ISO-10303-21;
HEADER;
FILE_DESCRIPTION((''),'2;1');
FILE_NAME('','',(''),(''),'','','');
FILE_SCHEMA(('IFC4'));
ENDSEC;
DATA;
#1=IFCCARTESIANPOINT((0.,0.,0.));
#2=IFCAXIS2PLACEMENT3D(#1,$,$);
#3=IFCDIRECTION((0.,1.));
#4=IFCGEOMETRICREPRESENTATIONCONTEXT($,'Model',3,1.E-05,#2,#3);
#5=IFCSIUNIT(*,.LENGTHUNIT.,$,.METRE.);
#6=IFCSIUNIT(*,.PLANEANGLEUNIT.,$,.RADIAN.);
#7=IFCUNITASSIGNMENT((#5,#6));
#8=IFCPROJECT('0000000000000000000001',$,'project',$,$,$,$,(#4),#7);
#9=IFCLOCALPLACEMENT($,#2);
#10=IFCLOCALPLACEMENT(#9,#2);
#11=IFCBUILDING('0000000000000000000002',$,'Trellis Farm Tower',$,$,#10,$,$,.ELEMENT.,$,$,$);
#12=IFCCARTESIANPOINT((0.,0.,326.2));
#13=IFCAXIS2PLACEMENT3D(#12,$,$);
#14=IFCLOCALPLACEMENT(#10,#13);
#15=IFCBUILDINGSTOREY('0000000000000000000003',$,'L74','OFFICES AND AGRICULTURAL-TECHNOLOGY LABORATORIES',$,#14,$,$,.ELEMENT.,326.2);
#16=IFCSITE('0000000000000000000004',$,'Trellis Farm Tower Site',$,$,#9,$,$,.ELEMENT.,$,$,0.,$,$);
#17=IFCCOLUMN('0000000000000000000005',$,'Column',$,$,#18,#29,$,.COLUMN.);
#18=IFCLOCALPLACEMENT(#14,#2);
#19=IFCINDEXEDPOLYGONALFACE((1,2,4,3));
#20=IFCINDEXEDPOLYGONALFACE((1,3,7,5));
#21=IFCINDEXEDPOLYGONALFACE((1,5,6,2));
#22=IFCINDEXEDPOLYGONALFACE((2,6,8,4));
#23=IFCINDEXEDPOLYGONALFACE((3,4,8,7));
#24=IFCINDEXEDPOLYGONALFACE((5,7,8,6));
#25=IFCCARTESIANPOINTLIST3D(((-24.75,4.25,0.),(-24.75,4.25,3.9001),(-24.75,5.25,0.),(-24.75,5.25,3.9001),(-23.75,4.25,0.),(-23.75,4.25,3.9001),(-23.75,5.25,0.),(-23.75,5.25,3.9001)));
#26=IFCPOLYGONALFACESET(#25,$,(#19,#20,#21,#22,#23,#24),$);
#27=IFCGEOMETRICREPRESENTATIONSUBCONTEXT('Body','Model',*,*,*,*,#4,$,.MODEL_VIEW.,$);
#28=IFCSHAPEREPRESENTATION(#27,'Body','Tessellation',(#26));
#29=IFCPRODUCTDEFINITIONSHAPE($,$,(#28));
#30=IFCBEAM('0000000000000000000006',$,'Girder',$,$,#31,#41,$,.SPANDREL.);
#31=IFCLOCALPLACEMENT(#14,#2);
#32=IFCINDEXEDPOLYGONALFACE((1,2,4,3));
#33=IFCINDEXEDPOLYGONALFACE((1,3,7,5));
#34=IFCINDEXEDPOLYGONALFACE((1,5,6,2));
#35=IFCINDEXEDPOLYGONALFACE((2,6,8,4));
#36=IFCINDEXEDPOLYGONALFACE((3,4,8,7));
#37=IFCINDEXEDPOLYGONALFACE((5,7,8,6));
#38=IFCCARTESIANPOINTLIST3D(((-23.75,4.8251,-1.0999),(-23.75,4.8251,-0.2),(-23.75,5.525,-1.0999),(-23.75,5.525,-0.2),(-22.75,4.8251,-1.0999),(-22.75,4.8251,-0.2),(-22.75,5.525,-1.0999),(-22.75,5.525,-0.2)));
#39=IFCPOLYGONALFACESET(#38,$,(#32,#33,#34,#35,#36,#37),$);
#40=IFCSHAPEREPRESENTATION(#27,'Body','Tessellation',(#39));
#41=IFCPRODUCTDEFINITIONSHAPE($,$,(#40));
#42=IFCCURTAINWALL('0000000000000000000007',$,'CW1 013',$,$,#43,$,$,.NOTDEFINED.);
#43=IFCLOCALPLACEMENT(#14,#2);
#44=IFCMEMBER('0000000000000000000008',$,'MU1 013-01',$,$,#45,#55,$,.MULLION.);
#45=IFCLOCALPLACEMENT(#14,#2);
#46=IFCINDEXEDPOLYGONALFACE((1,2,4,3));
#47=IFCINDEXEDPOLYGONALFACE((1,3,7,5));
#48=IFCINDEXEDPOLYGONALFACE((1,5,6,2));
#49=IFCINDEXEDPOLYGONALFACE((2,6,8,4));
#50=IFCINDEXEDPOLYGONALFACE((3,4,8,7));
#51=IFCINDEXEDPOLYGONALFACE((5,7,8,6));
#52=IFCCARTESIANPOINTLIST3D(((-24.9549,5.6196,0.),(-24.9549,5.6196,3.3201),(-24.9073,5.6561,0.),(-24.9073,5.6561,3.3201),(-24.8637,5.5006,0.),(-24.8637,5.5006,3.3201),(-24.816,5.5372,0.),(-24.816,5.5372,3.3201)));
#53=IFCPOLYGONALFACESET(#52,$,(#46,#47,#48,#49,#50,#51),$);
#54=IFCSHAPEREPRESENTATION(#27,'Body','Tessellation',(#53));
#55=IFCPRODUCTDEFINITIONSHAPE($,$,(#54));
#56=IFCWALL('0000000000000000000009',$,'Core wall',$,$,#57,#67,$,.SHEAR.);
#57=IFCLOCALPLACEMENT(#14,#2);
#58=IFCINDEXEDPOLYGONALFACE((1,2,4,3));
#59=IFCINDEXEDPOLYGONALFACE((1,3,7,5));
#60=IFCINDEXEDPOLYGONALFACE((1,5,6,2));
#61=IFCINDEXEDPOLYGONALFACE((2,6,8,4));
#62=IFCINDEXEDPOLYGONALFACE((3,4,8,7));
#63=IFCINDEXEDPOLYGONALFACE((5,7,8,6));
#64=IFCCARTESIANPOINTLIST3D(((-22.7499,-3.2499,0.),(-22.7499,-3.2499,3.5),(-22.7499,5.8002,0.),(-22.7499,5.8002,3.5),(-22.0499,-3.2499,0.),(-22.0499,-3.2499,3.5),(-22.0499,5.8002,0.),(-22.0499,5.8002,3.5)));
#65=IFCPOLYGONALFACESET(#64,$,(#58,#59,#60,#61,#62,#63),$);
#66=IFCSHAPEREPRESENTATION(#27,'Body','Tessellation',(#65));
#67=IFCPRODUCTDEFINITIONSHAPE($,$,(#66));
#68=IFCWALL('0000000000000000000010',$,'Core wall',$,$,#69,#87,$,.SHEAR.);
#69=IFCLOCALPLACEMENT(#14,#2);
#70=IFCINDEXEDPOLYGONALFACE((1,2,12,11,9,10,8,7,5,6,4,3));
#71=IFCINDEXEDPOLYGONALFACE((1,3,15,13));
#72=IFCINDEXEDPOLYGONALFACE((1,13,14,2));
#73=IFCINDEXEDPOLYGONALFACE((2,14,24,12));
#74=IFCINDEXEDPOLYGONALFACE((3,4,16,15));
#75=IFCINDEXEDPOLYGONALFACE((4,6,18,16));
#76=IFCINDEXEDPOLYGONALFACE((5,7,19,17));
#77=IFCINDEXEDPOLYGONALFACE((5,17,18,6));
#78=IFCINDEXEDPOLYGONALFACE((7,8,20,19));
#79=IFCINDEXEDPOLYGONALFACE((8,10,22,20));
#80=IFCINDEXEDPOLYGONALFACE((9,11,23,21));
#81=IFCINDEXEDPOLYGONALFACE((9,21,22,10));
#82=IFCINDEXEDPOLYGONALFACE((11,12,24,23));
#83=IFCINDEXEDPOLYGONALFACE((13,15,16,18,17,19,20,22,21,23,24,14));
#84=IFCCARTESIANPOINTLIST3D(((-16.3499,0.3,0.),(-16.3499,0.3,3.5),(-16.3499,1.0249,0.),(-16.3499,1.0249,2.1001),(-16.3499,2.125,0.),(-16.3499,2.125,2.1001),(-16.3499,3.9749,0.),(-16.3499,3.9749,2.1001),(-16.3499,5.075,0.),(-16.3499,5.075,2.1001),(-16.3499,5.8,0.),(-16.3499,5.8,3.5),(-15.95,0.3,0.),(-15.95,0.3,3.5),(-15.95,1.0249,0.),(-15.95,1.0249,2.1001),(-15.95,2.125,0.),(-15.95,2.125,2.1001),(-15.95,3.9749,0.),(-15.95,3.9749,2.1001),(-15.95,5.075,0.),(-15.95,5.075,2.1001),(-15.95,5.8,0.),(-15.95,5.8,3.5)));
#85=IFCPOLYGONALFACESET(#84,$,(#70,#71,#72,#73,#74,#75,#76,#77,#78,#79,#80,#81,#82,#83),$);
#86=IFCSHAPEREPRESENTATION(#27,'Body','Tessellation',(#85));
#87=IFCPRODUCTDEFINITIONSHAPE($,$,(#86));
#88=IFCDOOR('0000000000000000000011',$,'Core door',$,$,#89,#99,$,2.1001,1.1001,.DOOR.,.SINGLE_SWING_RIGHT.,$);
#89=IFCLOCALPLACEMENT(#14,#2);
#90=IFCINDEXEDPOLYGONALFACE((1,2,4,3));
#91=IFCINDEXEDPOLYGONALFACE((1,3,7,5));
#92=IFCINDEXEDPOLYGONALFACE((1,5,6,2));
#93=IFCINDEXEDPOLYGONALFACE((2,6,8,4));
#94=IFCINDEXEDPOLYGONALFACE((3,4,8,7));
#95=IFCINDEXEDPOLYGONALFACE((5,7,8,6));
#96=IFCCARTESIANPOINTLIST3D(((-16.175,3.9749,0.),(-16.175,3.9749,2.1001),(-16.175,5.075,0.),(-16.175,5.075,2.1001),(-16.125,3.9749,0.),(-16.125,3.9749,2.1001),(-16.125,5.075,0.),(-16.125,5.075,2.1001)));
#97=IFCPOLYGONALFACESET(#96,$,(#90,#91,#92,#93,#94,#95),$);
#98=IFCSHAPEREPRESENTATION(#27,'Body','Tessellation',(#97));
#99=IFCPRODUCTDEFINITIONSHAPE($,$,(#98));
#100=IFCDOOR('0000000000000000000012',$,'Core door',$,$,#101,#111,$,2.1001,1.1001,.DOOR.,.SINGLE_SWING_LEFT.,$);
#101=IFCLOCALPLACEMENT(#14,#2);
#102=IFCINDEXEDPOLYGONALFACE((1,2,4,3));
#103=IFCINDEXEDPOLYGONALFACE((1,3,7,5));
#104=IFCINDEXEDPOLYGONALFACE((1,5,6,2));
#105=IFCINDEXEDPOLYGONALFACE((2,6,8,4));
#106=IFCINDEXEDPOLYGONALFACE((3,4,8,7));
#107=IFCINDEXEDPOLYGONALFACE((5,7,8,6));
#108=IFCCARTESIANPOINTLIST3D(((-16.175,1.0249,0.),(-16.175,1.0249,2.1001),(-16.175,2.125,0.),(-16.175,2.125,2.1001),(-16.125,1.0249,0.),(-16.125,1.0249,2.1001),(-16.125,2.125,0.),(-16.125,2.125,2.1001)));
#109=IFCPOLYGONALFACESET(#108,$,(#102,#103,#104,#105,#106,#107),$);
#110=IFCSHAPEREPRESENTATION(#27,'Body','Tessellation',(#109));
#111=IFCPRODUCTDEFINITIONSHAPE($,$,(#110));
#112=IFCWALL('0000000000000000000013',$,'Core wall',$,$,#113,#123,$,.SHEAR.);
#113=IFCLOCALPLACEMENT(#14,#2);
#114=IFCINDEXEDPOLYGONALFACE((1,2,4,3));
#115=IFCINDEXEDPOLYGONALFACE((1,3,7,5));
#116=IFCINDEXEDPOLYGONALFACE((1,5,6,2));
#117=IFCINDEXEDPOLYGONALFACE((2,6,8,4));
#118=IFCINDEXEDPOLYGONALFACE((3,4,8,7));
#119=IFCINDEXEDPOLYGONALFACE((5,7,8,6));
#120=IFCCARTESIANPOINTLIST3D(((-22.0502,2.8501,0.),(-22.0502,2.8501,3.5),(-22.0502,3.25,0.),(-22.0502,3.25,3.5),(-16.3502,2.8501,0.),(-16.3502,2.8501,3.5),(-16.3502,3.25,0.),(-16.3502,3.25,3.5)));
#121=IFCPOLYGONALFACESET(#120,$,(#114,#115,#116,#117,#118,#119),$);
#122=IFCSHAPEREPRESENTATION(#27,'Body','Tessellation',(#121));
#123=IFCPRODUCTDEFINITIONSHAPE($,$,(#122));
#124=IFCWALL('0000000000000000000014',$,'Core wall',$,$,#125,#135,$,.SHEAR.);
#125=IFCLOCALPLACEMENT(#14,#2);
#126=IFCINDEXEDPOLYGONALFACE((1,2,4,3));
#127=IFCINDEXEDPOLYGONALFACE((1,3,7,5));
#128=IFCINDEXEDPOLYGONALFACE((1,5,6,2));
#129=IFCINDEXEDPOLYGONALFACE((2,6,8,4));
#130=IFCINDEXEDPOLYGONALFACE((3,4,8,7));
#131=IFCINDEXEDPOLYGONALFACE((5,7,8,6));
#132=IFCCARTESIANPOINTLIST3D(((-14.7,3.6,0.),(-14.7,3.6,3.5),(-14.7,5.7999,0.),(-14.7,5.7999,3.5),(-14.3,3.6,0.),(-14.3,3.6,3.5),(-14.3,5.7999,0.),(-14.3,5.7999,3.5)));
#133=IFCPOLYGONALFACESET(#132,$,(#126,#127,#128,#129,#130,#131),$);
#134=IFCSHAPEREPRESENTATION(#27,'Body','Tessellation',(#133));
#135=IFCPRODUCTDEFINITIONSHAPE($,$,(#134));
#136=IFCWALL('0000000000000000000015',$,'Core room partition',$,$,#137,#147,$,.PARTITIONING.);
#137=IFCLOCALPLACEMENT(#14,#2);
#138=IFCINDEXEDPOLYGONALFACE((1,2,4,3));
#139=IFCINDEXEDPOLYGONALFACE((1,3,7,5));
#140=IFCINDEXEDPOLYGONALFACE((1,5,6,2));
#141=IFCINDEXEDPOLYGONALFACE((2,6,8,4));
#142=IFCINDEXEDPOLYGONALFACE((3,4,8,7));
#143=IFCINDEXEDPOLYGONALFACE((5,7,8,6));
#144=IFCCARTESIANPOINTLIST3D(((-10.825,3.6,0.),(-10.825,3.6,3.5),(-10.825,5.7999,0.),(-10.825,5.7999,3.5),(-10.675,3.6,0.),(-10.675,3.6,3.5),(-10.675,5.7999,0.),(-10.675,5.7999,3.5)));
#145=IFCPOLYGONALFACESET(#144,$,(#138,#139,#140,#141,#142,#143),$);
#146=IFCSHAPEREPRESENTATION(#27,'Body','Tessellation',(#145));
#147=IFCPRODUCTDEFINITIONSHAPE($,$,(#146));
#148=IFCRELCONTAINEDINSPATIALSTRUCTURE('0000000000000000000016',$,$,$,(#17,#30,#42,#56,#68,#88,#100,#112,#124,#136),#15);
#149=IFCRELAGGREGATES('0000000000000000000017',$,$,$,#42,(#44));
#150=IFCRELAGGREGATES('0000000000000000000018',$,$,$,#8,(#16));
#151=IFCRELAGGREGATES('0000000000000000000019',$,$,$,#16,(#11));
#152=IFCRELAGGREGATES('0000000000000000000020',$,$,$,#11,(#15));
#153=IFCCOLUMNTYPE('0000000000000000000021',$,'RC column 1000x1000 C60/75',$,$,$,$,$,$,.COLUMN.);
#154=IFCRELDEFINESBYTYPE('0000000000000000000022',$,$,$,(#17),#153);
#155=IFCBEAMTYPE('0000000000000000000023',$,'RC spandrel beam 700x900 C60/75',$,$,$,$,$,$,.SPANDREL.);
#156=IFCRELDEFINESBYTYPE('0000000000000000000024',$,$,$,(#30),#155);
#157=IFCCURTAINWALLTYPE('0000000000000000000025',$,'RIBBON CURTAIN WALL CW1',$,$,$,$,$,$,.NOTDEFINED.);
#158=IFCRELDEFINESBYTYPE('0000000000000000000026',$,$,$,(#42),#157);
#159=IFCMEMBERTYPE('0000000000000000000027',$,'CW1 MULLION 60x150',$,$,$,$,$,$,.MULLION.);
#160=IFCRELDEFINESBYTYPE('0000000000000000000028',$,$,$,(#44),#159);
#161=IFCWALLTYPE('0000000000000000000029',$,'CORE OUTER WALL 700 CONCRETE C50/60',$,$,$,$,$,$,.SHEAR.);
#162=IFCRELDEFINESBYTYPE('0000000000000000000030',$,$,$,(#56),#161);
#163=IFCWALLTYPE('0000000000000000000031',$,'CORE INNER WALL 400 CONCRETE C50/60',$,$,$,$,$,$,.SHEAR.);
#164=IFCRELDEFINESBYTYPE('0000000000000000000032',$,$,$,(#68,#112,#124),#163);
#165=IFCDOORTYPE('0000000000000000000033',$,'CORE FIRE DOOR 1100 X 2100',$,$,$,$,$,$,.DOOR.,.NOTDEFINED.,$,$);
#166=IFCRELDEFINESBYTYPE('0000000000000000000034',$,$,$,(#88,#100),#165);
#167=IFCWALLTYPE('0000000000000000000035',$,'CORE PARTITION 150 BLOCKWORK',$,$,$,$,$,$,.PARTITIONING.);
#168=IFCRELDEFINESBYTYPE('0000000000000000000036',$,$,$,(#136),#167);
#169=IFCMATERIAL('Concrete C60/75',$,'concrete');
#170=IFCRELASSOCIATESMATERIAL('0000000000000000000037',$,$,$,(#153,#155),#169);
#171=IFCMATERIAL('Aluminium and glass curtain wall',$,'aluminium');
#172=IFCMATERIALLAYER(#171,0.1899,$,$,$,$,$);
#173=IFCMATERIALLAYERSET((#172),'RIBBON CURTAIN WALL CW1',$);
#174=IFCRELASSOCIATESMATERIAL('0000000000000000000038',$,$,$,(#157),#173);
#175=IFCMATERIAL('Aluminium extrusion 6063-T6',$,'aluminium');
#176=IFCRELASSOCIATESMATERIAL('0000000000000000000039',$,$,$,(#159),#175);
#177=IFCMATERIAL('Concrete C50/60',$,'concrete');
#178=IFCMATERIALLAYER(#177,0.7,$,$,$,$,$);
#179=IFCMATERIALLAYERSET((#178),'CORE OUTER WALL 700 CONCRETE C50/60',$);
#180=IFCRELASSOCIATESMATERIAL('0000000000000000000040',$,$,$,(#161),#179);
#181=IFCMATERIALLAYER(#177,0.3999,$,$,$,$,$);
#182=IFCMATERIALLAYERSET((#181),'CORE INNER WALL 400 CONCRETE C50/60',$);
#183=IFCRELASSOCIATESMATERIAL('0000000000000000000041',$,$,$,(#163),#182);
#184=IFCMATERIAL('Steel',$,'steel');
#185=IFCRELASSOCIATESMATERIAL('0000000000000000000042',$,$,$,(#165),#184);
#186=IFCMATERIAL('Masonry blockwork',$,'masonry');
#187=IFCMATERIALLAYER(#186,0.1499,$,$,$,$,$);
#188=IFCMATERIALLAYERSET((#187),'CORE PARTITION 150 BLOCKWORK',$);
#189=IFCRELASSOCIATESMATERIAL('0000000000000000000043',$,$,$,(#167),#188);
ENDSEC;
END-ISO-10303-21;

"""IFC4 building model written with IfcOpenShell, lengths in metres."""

from ifc_helpers import new_model, si_unit, direction, frame, frame_2d, origin, origin_2d, place, context, subcontext, project, spatial, rectangle, extrude, source, transform, mapped, material, layer, layer_set, material_profile, profile_set, type_object, element, fill, aggregate, save


model = new_model("IFC4")

# Units and contexts
model_context = context("Model", 3, precision=1e-05, world=origin(), true_north=direction((0.0, 1.0)))
body_context = subcontext(model_context, "Body", "Model", "MODEL_VIEW")
ifc_project = project(units=[si_unit("LENGTHUNIT", "METRE"), si_unit("PLANEANGLEUNIT", "RADIAN")], contexts=[model_context])

# Site, building, storey
site_placement = place(None, origin())
site = spatial("IfcSite", under=ifc_project, at=site_placement, Name="Trellis Farm Tower Site", CompositionType="ELEMENT", RefElevation=0.0)
building_placement = place(site_placement, origin())
building = spatial("IfcBuilding", under=site, at=building_placement, Name="Trellis Farm Tower", CompositionType="ELEMENT")
storey_placement = place(building_placement, frame((0.0, 0.0, 326.2)))
storey = spatial("IfcBuildingStorey", under=building, at=storey_placement, Name="L74", Description="OFFICES AND AGRICULTURAL-TECHNOLOGY LABORATORIES", CompositionType="ELEMENT", Elevation=326.2)

# Column
ifc_material_1 = material(Name="Concrete C60/75", Category="concrete")
ifc_material_profile_1 = material_profile(ifc_material_1, rectangle(XDim=1.0, YDim=1.0, at=origin_2d()), Name="RC column 1000x1000 C60/75")
ifc_profile_set_1 = profile_set([ifc_material_profile_1], Name="Concrete C60/75")
column_type = type_object("IfcColumnType", Name="RC column 1000x1000 C60/75", PredefinedType="COLUMN", material=ifc_profile_set_1)
shared_shape_1 = source(origin(), body_context, "Body", "SweptSolid", [
    extrude(rectangle(XDim=1.0, YDim=1.0, at=origin_2d()), origin(), (0.0, 0.0, 1.0), 3.9001),
])
column_placement = place(storey_placement, frame((-24.25, 4.75, 0.0), z_axis=(0.0, 0.0, 1.0), x_axis=(1.0, 0.0, 0.0)))
element("IfcColumn", 1, at=column_placement, inside=storey, type_object=column_type, Name="Column", PredefinedType="COLUMN", context=body_context, shape_type="MappedRepresentation", body=[
    mapped(shared_shape_1, transform((0.0, 0.0, 0.0))),
])

# Beam
ifc_material_profile_2 = material_profile(ifc_material_1, rectangle(XDim=0.7, YDim=0.8999, at=origin_2d()), Name="RC spandrel beam 700x900 C60/75")
ifc_profile_set_2 = profile_set([ifc_material_profile_2], Name="Concrete C60/75")
beam_type = type_object("IfcBeamType", Name="RC spandrel beam 700x900 C60/75", PredefinedType="SPANDREL", material=ifc_profile_set_2)
shared_shape_2 = source(origin(), body_context, "Body", "SweptSolid", [
    extrude(rectangle(XDim=0.7, YDim=0.8999, at=origin_2d()), origin(), (0.0, 0.0, 1.0), 1.0),
])
beam_placement = place(storey_placement, frame((-23.75, 5.175, -0.6499), z_axis=(1.0, 0.0, 0.0), x_axis=(0.0, 1.0, 0.0)))
element("IfcBeam", 2, at=beam_placement, inside=storey, type_object=beam_type, Name="Girder", PredefinedType="SPANDREL", context=body_context, shape_type="MappedRepresentation", body=[
    mapped(shared_shape_2, transform((0.0, 0.0, 0.0))),
])

# Curtain wall, member
ifc_material_2 = material(Name="Aluminium and glass curtain wall", Category="aluminium")
ifc_layer_1 = layer(ifc_material_2, 0.1899)
ifc_layer_set_1 = layer_set([ifc_layer_1], Name="RIBBON CURTAIN WALL CW1")
curtain_wall_type = type_object("IfcCurtainWallType", Name="RIBBON CURTAIN WALL CW1", PredefinedType="NOTDEFINED", material=ifc_layer_set_1)
placement = place(storey_placement, origin())
curtain_wall = element("IfcCurtainWall", 3, at=placement, inside=storey, type_object=curtain_wall_type, Name="CW1 013", PredefinedType="NOTDEFINED")
ifc_material_3 = material(Name="Aluminium extrusion 6063-T6", Category="aluminium")
ifc_material_profile_3 = material_profile(ifc_material_3, rectangle(XDim=0.0601, YDim=0.1499, at=origin_2d()), Name="MULLION 60x150")
ifc_profile_set_3 = profile_set([ifc_material_profile_3], Name="Aluminium extrusion 6063-T6")
member_type = type_object("IfcMemberType", Name="CW1 MULLION 60x150", PredefinedType="MULLION", material=ifc_profile_set_3)
shared_shape_3 = source(origin(), body_context, "Body", "SweptSolid", [
    extrude(rectangle(XDim=0.0601, YDim=0.1499, at=origin_2d()), origin(), (0.0, 0.0, 1.0), 3.3201),
])
member_placement = place(storey_placement, frame((-24.8855, 5.5784, 0.0), z_axis=(0.0, 0.0, 1.0), x_axis=(-0.793353, -0.608761, 0.0)))
member = element("IfcMember", 4, at=member_placement, type_object=member_type, Name="MU1 013-01", PredefinedType="MULLION", context=body_context, shape_type="MappedRepresentation", body=[
    mapped(shared_shape_3, transform((0.0, 0.0, 0.0))),
])
aggregate(curtain_wall, [member])

# Wall
ifc_material_4 = material(Name="Concrete C50/60", Category="concrete")
ifc_layer_2 = layer(ifc_material_4, 0.7)
ifc_layer_set_2 = layer_set([ifc_layer_2], Name="CORE OUTER WALL 700 CONCRETE C50/60")
wall_type_1 = type_object("IfcWallType", Name="CORE OUTER WALL 700 CONCRETE C50/60", PredefinedType="SHEAR", material=ifc_layer_set_2)
shared_shape_4 = source(origin(), body_context, "Body", "SweptSolid", [
    extrude(rectangle(XDim=9.05, YDim=0.7, at=frame_2d((4.5249, 0.0))), origin(), (0.0, 0.0, 1.0), 3.5),
])
wall_1_placement = place(storey_placement, frame((-22.3999, 5.8, 0.0), z_axis=(0.0, 0.0, 1.0), x_axis=(0.0, -1.0, 0.0)))
element("IfcWall", 5, at=wall_1_placement, inside=storey, type_object=wall_type_1, Name="Core wall", PredefinedType="SHEAR", context=body_context, shape_type="MappedRepresentation", body=[
    mapped(shared_shape_4, transform((0.0, 0.0, 0.0))),
])

# Wall, openings, doors
ifc_layer_3 = layer(ifc_material_4, 0.3999)
ifc_layer_set_3 = layer_set([ifc_layer_3], Name="CORE INNER WALL 400 CONCRETE C50/60")
wall_type_2 = type_object("IfcWallType", Name="CORE INNER WALL 400 CONCRETE C50/60", PredefinedType="SHEAR", material=ifc_layer_set_3)
shared_shape_5 = source(origin(), body_context, "Body", "SweptSolid", [
    extrude(rectangle(XDim=5.5, YDim=0.3999, at=frame_2d((2.75, 0.0))), origin(), (0.0, 0.0, 1.0), 3.5),
])
wall_2_placement = place(storey_placement, frame((-16.1499, 5.8, 0.0), z_axis=(0.0, 0.0, 1.0), x_axis=(0.0, -1.0, 0.0)))
wall_2 = element("IfcWall", 6, at=wall_2_placement, inside=storey, type_object=wall_type_2, Name="Core wall", PredefinedType="SHEAR", context=body_context, shape_type="MappedRepresentation", body=[
    mapped(shared_shape_5, transform((0.0, 0.0, 0.0))),
])
shared_shape_6 = source(origin(), body_context, "Body", "SweptSolid", [
    extrude(rectangle(XDim=1.1001, YDim=2.1001, at=frame_2d((0.55, 1.05))), frame((0.0, 0.21, 0.0), z_axis=(0.0, -1.0, 0.0), x_axis=(1.0, 0.0, 0.0)), (0.0, 0.0, 1.0), 0.4199),
])
opening_1_placement = place(wall_2_placement, frame((0.7251, 0.0, 0.0)))
opening_1 = element("IfcOpeningElement", 7, at=opening_1_placement, cuts=wall_2, PredefinedType="OPENING", context=body_context, shape_type="MappedRepresentation", body=[
    mapped(shared_shape_6, transform((0.0, 0.0, 0.0))),
])
opening_2_placement = place(wall_2_placement, frame((3.675, 0.0, 0.0)))
opening_2 = element("IfcOpeningElement", 8, at=opening_2_placement, cuts=wall_2, PredefinedType="OPENING", context=body_context, shape_type="MappedRepresentation", body=[
    mapped(shared_shape_6, transform((0.0, 0.0, 0.0))),
])
ifc_material_5 = material(Name="Steel", Category="steel")
door_type = type_object("IfcDoorType", Name="CORE FIRE DOOR 1100 X 2100", OperationType="NOTDEFINED", PredefinedType="DOOR", material=ifc_material_5)
shared_shape_7 = source(origin(), body_context, "Body", "SweptSolid", [
    extrude(rectangle(XDim=1.1001, YDim=2.1001, at=frame_2d((0.55, 1.05))), frame((0.0, 0.0249, 0.0), z_axis=(0.0, -1.0, 0.0), x_axis=(1.0, 0.0, 0.0)), (0.0, 0.0, 1.0), 0.05),
])
door_1_placement = place(opening_1_placement, origin())
door_1 = element("IfcDoor", 9, at=door_1_placement, inside=storey, type_object=door_type, Name="Core door", OperationType="SINGLE_SWING_RIGHT", OverallHeight=2.1001, OverallWidth=1.1001, PredefinedType="DOOR", context=body_context, shape_type="MappedRepresentation", body=[
    mapped(shared_shape_7, transform((0.0, 0.0, 0.0))),
])
fill(opening_1, door_1)
door_2_placement = place(opening_2_placement, origin())
door_2 = element("IfcDoor", 10, at=door_2_placement, inside=storey, type_object=door_type, Name="Core door", OperationType="SINGLE_SWING_LEFT", OverallHeight=2.1001, OverallWidth=1.1001, PredefinedType="DOOR", context=body_context, shape_type="MappedRepresentation", body=[
    mapped(shared_shape_7, transform((0.0, 0.0, 0.0))),
])
fill(opening_2, door_2)

# Walls
shared_shape_8 = source(origin(), body_context, "Body", "SweptSolid", [
    extrude(rectangle(XDim=5.7, YDim=0.3999, at=frame_2d((2.8501, 0.0))), origin(), (0.0, 0.0, 1.0), 3.5),
])
wall_3_placement = place(storey_placement, frame((-16.3501, 3.05, 0.0), z_axis=(0.0, 0.0, 1.0), x_axis=(-1.0, 0.0, 0.0)))
element("IfcWall", 11, at=wall_3_placement, inside=storey, type_object=wall_type_2, Name="Core wall", PredefinedType="SHEAR", context=body_context, shape_type="MappedRepresentation", body=[
    mapped(shared_shape_8, transform((0.0, 0.0, 0.0))),
])
shared_shape_9 = source(origin(), body_context, "Body", "SweptSolid", [
    extrude(rectangle(XDim=2.2, YDim=0.3999, at=frame_2d((1.1001, 0.0))), origin(), (0.0, 0.0, 1.0), 3.5),
])
wall_4_placement = place(storey_placement, frame((-14.5, 5.8, 0.0), z_axis=(0.0, 0.0, 1.0), x_axis=(0.0, -1.0, 0.0)))
element("IfcWall", 12, at=wall_4_placement, inside=storey, type_object=wall_type_2, Name="Core wall", PredefinedType="SHEAR", context=body_context, shape_type="MappedRepresentation", body=[
    mapped(shared_shape_9, transform((0.0, 0.0, 0.0))),
])
ifc_material_6 = material(Name="Masonry blockwork", Category="masonry")
ifc_layer_4 = layer(ifc_material_6, 0.1499)
ifc_layer_set_4 = layer_set([ifc_layer_4], Name="CORE PARTITION 150 BLOCKWORK")
wall_type_3 = type_object("IfcWallType", Name="CORE PARTITION 150 BLOCKWORK", PredefinedType="PARTITIONING", material=ifc_layer_set_4)
shared_shape_10 = source(origin(), body_context, "Body", "SweptSolid", [
    extrude(rectangle(XDim=2.2, YDim=0.1499, at=frame_2d((1.1001, 0.0))), origin(), (0.0, 0.0, 1.0), 3.5),
])
wall_5_placement = place(storey_placement, frame((-10.75, 5.8, 0.0), z_axis=(0.0, 0.0, 1.0), x_axis=(0.0, -1.0, 0.0)))
element("IfcWall", 13, at=wall_5_placement, inside=storey, type_object=wall_type_3, Name="Core room partition", PredefinedType="PARTITIONING", context=body_context, shape_type="MappedRepresentation", body=[
    mapped(shared_shape_10, transform((0.0, 0.0, 0.0))),
])

save(model, "model.ifc")
